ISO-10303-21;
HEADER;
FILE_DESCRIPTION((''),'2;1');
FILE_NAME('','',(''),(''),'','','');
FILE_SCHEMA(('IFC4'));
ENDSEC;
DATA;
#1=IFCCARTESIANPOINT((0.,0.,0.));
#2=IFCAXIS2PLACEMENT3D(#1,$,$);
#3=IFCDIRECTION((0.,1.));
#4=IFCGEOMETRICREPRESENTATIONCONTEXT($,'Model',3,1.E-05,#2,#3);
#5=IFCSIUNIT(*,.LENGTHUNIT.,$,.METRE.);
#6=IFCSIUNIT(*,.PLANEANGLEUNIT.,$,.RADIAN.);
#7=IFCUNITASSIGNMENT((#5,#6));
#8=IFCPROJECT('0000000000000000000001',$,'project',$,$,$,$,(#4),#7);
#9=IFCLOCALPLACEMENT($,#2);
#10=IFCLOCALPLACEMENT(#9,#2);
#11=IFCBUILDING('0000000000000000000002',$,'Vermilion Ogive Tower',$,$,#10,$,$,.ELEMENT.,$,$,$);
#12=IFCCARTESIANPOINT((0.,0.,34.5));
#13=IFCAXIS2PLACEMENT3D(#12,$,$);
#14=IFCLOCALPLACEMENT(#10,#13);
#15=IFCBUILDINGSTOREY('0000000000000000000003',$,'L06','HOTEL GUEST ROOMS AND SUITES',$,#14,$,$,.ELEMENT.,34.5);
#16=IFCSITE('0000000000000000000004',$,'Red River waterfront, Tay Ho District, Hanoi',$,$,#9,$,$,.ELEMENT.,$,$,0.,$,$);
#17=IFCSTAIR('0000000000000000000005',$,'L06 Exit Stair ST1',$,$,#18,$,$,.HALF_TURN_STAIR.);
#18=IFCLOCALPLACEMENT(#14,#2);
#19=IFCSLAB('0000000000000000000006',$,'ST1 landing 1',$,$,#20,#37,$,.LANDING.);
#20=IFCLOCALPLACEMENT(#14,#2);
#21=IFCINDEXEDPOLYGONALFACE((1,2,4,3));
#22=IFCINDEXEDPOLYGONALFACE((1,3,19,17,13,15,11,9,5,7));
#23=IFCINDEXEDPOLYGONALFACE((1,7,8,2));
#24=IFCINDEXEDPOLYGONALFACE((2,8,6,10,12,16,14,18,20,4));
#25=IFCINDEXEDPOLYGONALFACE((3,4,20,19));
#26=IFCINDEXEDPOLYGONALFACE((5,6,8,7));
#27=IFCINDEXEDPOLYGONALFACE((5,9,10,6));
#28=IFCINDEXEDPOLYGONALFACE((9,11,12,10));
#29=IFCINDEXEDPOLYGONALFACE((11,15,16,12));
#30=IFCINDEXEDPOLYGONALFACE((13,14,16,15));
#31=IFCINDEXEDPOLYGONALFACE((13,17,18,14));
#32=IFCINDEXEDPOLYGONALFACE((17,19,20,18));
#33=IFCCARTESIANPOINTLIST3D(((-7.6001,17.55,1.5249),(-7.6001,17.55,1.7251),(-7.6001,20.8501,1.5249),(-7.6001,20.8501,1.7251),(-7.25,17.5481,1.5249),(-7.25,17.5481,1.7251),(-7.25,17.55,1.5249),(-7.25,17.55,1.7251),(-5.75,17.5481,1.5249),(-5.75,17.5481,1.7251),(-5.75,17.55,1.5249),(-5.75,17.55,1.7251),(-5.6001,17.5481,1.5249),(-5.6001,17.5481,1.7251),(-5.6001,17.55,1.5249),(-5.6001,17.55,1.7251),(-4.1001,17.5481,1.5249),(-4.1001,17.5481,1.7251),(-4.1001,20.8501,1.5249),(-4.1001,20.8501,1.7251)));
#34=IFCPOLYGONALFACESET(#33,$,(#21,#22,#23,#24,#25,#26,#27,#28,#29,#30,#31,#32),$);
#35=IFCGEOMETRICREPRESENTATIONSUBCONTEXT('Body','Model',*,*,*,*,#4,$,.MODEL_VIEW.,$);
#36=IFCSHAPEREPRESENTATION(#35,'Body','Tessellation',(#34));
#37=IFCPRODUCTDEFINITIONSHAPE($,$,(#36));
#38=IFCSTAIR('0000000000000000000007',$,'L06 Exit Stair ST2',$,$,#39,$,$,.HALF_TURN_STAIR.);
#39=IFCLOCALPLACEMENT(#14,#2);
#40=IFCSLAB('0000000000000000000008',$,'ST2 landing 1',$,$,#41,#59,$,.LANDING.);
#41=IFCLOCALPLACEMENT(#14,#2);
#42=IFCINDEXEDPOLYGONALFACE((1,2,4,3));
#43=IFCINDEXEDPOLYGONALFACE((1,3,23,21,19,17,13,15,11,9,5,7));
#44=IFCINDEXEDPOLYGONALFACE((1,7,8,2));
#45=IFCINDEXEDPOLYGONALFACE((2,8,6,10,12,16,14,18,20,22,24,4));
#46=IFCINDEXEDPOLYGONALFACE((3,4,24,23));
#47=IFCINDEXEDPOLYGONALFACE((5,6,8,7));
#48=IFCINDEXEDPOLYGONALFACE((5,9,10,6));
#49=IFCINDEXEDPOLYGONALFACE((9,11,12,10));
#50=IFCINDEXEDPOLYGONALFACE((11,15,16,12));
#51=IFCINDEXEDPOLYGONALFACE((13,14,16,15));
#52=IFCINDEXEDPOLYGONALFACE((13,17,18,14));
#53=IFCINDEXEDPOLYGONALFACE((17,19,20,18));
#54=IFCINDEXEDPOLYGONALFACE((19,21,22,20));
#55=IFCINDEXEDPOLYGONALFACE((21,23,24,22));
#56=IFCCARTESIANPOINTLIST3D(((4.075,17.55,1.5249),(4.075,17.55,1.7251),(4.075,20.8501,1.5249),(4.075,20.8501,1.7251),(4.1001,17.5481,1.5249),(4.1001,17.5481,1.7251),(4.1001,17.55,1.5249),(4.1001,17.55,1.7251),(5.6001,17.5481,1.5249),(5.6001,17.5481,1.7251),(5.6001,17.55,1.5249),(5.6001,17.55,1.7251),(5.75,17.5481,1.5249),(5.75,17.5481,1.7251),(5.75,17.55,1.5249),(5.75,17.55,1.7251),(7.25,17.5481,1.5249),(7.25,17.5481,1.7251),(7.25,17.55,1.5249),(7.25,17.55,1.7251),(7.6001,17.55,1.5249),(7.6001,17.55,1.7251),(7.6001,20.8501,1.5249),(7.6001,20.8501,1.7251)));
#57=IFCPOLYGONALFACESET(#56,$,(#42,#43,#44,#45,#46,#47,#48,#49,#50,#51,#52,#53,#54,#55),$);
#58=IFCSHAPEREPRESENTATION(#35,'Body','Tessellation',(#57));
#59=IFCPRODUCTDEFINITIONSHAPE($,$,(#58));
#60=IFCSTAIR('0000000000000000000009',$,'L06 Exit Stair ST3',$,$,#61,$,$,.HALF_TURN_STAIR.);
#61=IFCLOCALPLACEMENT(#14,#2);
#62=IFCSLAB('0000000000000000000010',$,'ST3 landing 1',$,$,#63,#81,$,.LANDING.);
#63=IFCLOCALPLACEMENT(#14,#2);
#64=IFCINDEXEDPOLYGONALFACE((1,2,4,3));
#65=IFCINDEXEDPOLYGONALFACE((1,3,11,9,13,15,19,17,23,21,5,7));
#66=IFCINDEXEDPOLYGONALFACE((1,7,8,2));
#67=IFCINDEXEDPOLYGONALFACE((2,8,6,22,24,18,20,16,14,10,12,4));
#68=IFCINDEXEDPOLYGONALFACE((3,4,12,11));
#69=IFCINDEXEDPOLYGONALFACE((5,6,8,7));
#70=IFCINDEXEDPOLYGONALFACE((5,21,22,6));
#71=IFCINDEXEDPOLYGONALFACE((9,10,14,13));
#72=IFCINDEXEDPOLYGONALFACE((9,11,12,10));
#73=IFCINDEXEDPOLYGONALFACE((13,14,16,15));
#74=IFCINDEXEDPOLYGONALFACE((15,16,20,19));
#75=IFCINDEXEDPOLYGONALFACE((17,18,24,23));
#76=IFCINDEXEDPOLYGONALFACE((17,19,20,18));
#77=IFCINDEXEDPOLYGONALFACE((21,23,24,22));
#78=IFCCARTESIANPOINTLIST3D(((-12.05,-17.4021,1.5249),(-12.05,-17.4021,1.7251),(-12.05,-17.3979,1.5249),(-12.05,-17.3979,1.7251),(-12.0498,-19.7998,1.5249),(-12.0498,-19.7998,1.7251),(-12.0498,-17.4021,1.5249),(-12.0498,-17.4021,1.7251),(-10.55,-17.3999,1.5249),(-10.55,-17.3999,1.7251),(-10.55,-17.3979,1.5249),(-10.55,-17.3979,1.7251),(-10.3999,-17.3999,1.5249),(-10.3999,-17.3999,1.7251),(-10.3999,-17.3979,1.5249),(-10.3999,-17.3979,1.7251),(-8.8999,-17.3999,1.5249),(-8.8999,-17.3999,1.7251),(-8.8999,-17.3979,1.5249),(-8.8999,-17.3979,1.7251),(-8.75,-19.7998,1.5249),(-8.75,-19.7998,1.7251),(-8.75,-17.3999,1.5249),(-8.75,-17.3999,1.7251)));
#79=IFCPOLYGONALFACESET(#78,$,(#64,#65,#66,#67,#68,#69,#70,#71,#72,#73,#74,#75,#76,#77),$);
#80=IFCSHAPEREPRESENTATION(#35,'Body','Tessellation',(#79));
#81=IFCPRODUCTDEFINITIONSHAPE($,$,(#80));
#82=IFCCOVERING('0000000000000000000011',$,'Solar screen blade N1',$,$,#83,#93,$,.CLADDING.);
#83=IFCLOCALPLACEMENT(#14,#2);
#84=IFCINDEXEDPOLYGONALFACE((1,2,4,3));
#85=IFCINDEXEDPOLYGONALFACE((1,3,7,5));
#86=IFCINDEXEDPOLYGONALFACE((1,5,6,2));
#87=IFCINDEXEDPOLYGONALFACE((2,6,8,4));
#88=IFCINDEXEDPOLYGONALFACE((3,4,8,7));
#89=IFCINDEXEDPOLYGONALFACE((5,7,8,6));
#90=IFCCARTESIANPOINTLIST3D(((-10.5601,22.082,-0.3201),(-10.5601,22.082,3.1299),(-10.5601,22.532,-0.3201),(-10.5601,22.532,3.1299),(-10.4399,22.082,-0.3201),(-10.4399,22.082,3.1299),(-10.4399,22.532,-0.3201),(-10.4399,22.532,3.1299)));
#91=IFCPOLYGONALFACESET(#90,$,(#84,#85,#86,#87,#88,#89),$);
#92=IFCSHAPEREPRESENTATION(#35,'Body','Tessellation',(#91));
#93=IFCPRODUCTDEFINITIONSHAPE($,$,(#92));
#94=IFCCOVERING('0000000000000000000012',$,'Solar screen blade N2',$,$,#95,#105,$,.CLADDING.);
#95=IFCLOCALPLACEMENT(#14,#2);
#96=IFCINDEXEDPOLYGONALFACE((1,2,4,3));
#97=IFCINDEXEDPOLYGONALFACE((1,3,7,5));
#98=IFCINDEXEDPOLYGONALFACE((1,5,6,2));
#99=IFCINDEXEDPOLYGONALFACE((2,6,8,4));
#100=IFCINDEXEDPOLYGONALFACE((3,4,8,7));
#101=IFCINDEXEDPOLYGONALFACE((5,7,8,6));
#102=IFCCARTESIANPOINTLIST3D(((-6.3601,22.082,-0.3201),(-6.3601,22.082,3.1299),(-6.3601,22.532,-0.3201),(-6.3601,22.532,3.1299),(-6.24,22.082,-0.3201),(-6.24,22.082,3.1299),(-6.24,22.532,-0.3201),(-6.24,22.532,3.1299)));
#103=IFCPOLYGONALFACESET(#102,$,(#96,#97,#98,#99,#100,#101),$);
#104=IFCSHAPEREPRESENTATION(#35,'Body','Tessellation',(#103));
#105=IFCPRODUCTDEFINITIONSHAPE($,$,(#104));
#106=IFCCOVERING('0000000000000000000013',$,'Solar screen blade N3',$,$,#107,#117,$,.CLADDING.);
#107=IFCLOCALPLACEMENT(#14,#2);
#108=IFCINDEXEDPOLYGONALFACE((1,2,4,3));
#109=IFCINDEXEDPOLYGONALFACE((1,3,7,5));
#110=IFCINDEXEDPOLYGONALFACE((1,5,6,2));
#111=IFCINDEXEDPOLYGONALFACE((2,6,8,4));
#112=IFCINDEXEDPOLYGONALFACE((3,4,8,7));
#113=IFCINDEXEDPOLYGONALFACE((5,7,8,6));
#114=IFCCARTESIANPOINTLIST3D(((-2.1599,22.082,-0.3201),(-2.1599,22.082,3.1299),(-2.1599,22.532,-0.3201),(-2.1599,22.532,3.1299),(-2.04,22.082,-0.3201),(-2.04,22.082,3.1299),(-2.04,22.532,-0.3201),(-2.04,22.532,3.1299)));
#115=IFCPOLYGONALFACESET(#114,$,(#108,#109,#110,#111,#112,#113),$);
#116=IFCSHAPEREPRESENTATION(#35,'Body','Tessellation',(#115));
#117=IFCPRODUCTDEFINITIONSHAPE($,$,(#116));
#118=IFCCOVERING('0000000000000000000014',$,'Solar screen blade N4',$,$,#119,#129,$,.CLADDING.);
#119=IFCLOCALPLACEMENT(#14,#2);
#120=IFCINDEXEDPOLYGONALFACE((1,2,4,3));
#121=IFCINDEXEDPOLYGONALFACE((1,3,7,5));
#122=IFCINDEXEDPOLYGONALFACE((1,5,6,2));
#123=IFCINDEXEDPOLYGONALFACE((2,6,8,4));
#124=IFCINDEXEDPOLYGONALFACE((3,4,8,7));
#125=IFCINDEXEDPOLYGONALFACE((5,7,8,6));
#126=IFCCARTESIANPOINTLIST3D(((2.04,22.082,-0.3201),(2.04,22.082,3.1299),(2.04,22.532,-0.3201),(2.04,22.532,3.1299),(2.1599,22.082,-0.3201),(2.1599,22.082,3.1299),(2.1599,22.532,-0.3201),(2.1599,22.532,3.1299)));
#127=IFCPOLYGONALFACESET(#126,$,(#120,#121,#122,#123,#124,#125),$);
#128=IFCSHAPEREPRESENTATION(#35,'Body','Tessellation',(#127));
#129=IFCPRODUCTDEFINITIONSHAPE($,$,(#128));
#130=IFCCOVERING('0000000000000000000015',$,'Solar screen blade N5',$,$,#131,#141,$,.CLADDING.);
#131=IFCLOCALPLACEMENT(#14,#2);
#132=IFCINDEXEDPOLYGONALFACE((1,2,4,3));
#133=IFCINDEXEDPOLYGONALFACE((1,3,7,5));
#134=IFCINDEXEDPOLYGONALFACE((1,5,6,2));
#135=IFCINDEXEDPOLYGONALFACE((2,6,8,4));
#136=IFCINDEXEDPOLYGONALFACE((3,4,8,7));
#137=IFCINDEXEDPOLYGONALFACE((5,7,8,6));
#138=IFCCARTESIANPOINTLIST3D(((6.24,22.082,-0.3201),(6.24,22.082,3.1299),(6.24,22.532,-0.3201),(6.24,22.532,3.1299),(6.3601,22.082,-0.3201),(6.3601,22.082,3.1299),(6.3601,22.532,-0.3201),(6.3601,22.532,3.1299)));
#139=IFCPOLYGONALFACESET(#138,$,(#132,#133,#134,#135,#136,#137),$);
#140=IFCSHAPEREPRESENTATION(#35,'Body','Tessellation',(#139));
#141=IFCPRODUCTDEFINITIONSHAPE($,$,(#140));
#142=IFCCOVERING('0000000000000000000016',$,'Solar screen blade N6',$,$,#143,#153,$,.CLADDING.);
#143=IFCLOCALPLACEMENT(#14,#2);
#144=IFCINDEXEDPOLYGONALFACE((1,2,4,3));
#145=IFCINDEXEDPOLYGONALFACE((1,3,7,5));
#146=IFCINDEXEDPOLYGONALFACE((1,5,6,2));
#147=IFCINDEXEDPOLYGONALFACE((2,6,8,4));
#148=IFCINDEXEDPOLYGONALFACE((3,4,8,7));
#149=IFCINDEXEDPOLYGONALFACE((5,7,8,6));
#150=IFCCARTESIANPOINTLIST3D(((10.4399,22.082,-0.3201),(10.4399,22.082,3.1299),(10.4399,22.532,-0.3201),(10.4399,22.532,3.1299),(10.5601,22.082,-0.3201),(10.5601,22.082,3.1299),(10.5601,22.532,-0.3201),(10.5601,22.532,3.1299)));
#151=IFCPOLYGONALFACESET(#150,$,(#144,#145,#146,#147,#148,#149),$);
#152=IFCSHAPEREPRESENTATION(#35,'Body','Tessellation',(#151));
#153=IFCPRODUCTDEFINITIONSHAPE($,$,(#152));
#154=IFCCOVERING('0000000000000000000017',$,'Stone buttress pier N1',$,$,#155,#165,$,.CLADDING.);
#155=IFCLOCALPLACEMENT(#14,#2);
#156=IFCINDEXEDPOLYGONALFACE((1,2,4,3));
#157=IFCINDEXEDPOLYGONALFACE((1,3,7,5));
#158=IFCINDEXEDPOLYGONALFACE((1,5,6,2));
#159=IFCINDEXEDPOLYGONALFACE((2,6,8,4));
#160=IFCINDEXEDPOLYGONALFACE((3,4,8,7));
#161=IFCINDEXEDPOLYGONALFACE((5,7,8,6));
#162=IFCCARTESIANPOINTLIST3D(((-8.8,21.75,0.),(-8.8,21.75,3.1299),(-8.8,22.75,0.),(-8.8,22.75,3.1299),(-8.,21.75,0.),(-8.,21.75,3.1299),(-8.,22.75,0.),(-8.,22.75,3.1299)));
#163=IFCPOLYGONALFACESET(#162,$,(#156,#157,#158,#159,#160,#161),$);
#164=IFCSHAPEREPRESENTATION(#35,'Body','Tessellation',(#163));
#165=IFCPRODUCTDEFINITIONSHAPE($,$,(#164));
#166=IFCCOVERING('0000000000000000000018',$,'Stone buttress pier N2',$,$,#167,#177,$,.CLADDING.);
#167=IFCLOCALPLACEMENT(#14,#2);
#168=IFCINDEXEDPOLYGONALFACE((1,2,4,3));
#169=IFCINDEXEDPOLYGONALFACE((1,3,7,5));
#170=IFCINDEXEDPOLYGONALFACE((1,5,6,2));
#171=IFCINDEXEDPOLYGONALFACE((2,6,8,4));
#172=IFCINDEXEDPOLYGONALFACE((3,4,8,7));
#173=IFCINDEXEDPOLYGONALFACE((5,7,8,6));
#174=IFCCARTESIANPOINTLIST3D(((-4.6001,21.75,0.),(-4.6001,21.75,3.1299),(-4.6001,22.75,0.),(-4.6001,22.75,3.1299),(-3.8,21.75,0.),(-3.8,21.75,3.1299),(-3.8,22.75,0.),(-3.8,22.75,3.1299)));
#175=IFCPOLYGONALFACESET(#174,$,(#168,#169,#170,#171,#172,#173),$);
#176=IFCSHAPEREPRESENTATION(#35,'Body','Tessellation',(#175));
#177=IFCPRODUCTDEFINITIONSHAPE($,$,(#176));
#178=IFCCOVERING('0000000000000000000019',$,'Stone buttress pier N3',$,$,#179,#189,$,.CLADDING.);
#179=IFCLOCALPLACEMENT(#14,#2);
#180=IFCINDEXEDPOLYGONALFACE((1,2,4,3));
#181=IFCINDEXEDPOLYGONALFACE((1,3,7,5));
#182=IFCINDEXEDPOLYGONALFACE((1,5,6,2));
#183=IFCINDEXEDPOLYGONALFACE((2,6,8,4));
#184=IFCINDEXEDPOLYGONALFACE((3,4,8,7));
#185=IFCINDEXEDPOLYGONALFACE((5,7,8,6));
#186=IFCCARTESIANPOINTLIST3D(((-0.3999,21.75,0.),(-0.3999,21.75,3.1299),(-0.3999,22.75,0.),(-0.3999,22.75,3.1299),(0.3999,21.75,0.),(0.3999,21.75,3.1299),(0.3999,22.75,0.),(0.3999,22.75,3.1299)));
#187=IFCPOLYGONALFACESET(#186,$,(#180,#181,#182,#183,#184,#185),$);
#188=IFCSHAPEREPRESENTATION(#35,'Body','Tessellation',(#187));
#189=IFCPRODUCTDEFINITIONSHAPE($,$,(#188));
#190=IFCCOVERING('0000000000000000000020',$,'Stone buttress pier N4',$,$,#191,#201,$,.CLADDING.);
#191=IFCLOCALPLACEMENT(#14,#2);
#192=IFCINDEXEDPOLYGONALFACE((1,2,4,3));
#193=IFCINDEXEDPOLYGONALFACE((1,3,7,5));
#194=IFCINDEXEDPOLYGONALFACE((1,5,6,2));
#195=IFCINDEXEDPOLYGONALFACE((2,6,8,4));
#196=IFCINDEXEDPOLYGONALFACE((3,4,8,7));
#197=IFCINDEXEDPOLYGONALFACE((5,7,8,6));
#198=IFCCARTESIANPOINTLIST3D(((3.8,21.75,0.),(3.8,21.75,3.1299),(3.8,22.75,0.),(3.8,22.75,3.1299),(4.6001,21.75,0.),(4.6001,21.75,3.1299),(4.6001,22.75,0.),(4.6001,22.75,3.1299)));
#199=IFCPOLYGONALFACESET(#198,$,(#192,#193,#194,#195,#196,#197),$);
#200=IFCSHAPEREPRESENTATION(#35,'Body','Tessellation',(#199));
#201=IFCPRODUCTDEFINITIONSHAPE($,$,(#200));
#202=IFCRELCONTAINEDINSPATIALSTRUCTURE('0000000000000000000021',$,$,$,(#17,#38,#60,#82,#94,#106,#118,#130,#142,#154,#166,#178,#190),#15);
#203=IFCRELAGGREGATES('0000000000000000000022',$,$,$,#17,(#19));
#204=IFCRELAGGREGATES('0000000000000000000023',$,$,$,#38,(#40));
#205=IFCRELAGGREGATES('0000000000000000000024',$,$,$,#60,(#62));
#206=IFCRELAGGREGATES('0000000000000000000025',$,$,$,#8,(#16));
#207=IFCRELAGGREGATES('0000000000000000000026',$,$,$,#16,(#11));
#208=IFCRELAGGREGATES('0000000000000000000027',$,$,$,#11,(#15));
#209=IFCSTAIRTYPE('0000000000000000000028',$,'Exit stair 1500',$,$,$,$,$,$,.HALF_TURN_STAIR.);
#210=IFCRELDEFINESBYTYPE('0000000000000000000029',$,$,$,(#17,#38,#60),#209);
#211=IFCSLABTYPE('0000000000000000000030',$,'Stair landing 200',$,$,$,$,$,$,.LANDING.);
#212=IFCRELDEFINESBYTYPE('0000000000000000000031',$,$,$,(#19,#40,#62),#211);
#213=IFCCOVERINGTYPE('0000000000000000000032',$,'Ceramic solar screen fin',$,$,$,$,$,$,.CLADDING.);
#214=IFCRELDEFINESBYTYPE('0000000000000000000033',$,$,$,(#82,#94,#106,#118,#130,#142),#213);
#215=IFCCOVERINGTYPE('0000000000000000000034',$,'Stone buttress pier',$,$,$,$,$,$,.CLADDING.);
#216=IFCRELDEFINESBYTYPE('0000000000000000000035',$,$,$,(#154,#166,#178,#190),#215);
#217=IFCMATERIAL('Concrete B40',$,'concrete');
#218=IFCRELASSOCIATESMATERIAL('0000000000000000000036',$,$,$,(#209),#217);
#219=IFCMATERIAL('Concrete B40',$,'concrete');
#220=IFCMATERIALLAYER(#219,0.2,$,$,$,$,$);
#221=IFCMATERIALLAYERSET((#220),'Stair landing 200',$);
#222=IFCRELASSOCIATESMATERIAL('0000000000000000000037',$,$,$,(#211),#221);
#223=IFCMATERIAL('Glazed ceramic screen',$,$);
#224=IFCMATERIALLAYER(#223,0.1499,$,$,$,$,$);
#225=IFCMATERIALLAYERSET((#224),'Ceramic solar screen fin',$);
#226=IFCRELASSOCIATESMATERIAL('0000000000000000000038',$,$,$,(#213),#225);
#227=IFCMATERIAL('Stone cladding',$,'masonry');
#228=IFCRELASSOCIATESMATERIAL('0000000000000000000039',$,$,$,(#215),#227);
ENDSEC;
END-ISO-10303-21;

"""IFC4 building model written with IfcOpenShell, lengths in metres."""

from ifc_helpers import new_model, si_unit, direction, frame, origin, place, context, subcontext, project, spatial, polyline, outline, extrude, material, layer, layer_set, type_object, element, aggregate, save


model = new_model("IFC4")

# Units and contexts
model_context = context("Model", 3, precision=1e-05, world=origin(), true_north=direction((0.0, 1.0)))
body_context = subcontext(model_context, "Body", "Model", "MODEL_VIEW")
ifc_project = project(units=[si_unit("LENGTHUNIT", "METRE"), si_unit("PLANEANGLEUNIT", "RADIAN")], contexts=[model_context])

# Site, building, storey
site_placement = place(None, origin())
site = spatial("IfcSite", under=ifc_project, at=site_placement, Name="Red River waterfront, Tay Ho District, Hanoi", CompositionType="ELEMENT", RefElevation=0.0)
building_placement = place(site_placement, origin())
building = spatial("IfcBuilding", under=site, at=building_placement, Name="Vermilion Ogive Tower", CompositionType="ELEMENT")
storey_placement = place(building_placement, frame((0.0, 0.0, 34.5)))
storey = spatial("IfcBuildingStorey", under=building, at=storey_placement, Name="L06", Description="HOTEL GUEST ROOMS AND SUITES", CompositionType="ELEMENT", Elevation=34.5)

# Stairs, slabs
ifc_material_1 = material(Name="Concrete B40", Category="concrete")
stair_type = type_object("IfcStairType", Name="Exit stair 1500", PredefinedType="HALF_TURN_STAIR", material=ifc_material_1)
stair_1_placement = place(storey_placement, origin())
stair_1 = element("IfcStair", 1, at=stair_1_placement, inside=storey, type_object=stair_type, Name="L06 Exit Stair ST1", PredefinedType="HALF_TURN_STAIR")
ifc_material_2 = material(Name="Concrete B40", Category="concrete")
ifc_layer_1 = layer(ifc_material_2, 0.2)
ifc_layer_set_1 = layer_set([ifc_layer_1], Name="Stair landing 200")
slab_type = type_object("IfcSlabType", Name="Stair landing 200", PredefinedType="LANDING", material=ifc_layer_set_1)
slab_1_placement = place(storey_placement, frame((0.0, 0.0, 1.5249)))
slab_1 = element("IfcSlab", 2, at=slab_1_placement, type_object=slab_type, Name="ST1 landing 1", PredefinedType="LANDING", context=body_context, shape_type="SweptSolid", body=[
    extrude(outline(polyline([(-7.6001, 17.55), (-7.25, 17.55), (-7.25, 17.5481), (-5.75, 17.5481), (-5.75, 17.55), (-5.6001, 17.55), (-5.6001, 17.5481), (-4.1001, 17.5481), (-4.1001, 20.8501), (-7.6001, 20.8501), (-7.6001, 17.55)])), origin(), (0.0, 0.0, 1.0), 0.2002),
])
aggregate(stair_1, [slab_1])
stair_2_placement = place(storey_placement, origin())
stair_2 = element("IfcStair", 3, at=stair_2_placement, inside=storey, type_object=stair_type, Name="L06 Exit Stair ST2", PredefinedType="HALF_TURN_STAIR")
slab_2_placement = place(storey_placement, frame((0.0, 0.0, 1.5249)))
slab_2 = element("IfcSlab", 4, at=slab_2_placement, type_object=slab_type, Name="ST2 landing 1", PredefinedType="LANDING", context=body_context, shape_type="SweptSolid", body=[
    extrude(outline(polyline([(5.6001, 17.55), (5.75, 17.55), (5.75, 17.5481), (7.25, 17.5481), (7.25, 17.55), (7.6001, 17.55), (7.6001, 20.8501), (4.075, 20.8501), (4.075, 17.55), (4.1001, 17.55), (4.1001, 17.5481), (5.6001, 17.5481), (5.6001, 17.55)])), origin(), (0.0, 0.0, 1.0), 0.2002),
])
aggregate(stair_2, [slab_2])
stair_3_placement = place(storey_placement, origin())
stair_3 = element("IfcStair", 5, at=stair_3_placement, inside=storey, type_object=stair_type, Name="L06 Exit Stair ST3", PredefinedType="HALF_TURN_STAIR")
slab_3_placement = place(storey_placement, frame((0.0, 0.0, 1.5249)))
slab_3 = element("IfcSlab", 6, at=slab_3_placement, type_object=slab_type, Name="ST3 landing 1", PredefinedType="LANDING", context=body_context, shape_type="SweptSolid", body=[
    extrude(outline(polyline([(-8.75, -17.3999), (-8.8999, -17.3999), (-8.8999, -17.3979), (-10.3999, -17.3979), (-10.3999, -17.3999), (-10.55, -17.3999), (-10.55, -17.3979), (-12.05, -17.3979), (-12.05, -17.4021), (-12.0498, -17.4021), (-12.0498, -19.7998), (-8.75, -19.7998), (-8.75, -17.3999)])), origin(), (0.0, 0.0, 1.0), 0.2002),
])
aggregate(stair_3, [slab_3])

# Coverings
ifc_material_3 = material(Name="Glazed ceramic screen")
ifc_layer_2 = layer(ifc_material_3, 0.1499)
ifc_layer_set_2 = layer_set([ifc_layer_2], Name="Ceramic solar screen fin")
covering_type_1 = type_object("IfcCoveringType", Name="Ceramic solar screen fin", PredefinedType="CLADDING", material=ifc_layer_set_2)
covering_1_placement = place(storey_placement, frame((0.0, 0.0, -0.3201)))
element("IfcCovering", 7, at=covering_1_placement, inside=storey, type_object=covering_type_1, Name="Solar screen blade N1", PredefinedType="CLADDING", context=body_context, shape_type="SweptSolid", body=[
    extrude(outline(polyline([(-10.5601, 22.082), (-10.4399, 22.082), (-10.4399, 22.532), (-10.5601, 22.532), (-10.5601, 22.082)])), origin(), (0.0, 0.0, 1.0), 3.45),
])
covering_2_placement = place(storey_placement, frame((0.0, 0.0, -0.3201)))
element("IfcCovering", 8, at=covering_2_placement, inside=storey, type_object=covering_type_1, Name="Solar screen blade N2", PredefinedType="CLADDING", context=body_context, shape_type="SweptSolid", body=[
    extrude(outline(polyline([(-6.3601, 22.082), (-6.24, 22.082), (-6.24, 22.532), (-6.3601, 22.532), (-6.3601, 22.082)])), origin(), (0.0, 0.0, 1.0), 3.45),
])
covering_3_placement = place(storey_placement, frame((0.0, 0.0, -0.3201)))
element("IfcCovering", 9, at=covering_3_placement, inside=storey, type_object=covering_type_1, Name="Solar screen blade N3", PredefinedType="CLADDING", context=body_context, shape_type="SweptSolid", body=[
    extrude(outline(polyline([(-2.1599, 22.082), (-2.04, 22.082), (-2.04, 22.532), (-2.1599, 22.532), (-2.1599, 22.082)])), origin(), (0.0, 0.0, 1.0), 3.45),
])
covering_4_placement = place(storey_placement, frame((0.0, 0.0, -0.3201)))
element("IfcCovering", 10, at=covering_4_placement, inside=storey, type_object=covering_type_1, Name="Solar screen blade N4", PredefinedType="CLADDING", context=body_context, shape_type="SweptSolid", body=[
    extrude(outline(polyline([(2.04, 22.082), (2.1599, 22.082), (2.1599, 22.532), (2.04, 22.532), (2.04, 22.082)])), origin(), (0.0, 0.0, 1.0), 3.45),
])
covering_5_placement = place(storey_placement, frame((0.0, 0.0, -0.3201)))
element("IfcCovering", 11, at=covering_5_placement, inside=storey, type_object=covering_type_1, Name="Solar screen blade N5", PredefinedType="CLADDING", context=body_context, shape_type="SweptSolid", body=[
    extrude(outline(polyline([(6.24, 22.082), (6.3601, 22.082), (6.3601, 22.532), (6.24, 22.532), (6.24, 22.082)])), origin(), (0.0, 0.0, 1.0), 3.45),
])
covering_6_placement = place(storey_placement, frame((0.0, 0.0, -0.3201)))
element("IfcCovering", 12, at=covering_6_placement, inside=storey, type_object=covering_type_1, Name="Solar screen blade N6", PredefinedType="CLADDING", context=body_context, shape_type="SweptSolid", body=[
    extrude(outline(polyline([(10.4399, 22.082), (10.5601, 22.082), (10.5601, 22.532), (10.4399, 22.532), (10.4399, 22.082)])), origin(), (0.0, 0.0, 1.0), 3.45),
])
ifc_material_4 = material(Name="Stone cladding", Category="masonry")
covering_type_2 = type_object("IfcCoveringType", Name="Stone buttress pier", PredefinedType="CLADDING", material=ifc_material_4)
covering_7_placement = place(storey_placement, origin())
element("IfcCovering", 13, at=covering_7_placement, inside=storey, type_object=covering_type_2, Name="Stone buttress pier N1", PredefinedType="CLADDING", context=body_context, shape_type="SweptSolid", body=[
    extrude(outline(polyline([(-8.8, 21.75), (-8.0, 21.75), (-8.0, 22.75), (-8.8, 22.75), (-8.8, 21.75)])), origin(), (0.0, 0.0, 1.0), 3.1299),
])
covering_8_placement = place(storey_placement, origin())
element("IfcCovering", 14, at=covering_8_placement, inside=storey, type_object=covering_type_2, Name="Stone buttress pier N2", PredefinedType="CLADDING", context=body_context, shape_type="SweptSolid", body=[
    extrude(outline(polyline([(-4.6001, 21.75), (-3.8, 21.75), (-3.8, 22.75), (-4.6001, 22.75), (-4.6001, 21.75)])), origin(), (0.0, 0.0, 1.0), 3.1299),
])
covering_9_placement = place(storey_placement, origin())
element("IfcCovering", 15, at=covering_9_placement, inside=storey, type_object=covering_type_2, Name="Stone buttress pier N3", PredefinedType="CLADDING", context=body_context, shape_type="SweptSolid", body=[
    extrude(outline(polyline([(-0.3999, 21.75), (0.3999, 21.75), (0.3999, 22.75), (-0.3999, 22.75), (-0.3999, 21.75)])), origin(), (0.0, 0.0, 1.0), 3.1299),
])
covering_10_placement = place(storey_placement, origin())
element("IfcCovering", 16, at=covering_10_placement, inside=storey, type_object=covering_type_2, Name="Stone buttress pier N4", PredefinedType="CLADDING", context=body_context, shape_type="SweptSolid", body=[
    extrude(outline(polyline([(3.8, 21.75), (4.6001, 21.75), (4.6001, 22.75), (3.8, 22.75), (3.8, 21.75)])), origin(), (0.0, 0.0, 1.0), 3.1299),
])

save(model, "model.ifc")
